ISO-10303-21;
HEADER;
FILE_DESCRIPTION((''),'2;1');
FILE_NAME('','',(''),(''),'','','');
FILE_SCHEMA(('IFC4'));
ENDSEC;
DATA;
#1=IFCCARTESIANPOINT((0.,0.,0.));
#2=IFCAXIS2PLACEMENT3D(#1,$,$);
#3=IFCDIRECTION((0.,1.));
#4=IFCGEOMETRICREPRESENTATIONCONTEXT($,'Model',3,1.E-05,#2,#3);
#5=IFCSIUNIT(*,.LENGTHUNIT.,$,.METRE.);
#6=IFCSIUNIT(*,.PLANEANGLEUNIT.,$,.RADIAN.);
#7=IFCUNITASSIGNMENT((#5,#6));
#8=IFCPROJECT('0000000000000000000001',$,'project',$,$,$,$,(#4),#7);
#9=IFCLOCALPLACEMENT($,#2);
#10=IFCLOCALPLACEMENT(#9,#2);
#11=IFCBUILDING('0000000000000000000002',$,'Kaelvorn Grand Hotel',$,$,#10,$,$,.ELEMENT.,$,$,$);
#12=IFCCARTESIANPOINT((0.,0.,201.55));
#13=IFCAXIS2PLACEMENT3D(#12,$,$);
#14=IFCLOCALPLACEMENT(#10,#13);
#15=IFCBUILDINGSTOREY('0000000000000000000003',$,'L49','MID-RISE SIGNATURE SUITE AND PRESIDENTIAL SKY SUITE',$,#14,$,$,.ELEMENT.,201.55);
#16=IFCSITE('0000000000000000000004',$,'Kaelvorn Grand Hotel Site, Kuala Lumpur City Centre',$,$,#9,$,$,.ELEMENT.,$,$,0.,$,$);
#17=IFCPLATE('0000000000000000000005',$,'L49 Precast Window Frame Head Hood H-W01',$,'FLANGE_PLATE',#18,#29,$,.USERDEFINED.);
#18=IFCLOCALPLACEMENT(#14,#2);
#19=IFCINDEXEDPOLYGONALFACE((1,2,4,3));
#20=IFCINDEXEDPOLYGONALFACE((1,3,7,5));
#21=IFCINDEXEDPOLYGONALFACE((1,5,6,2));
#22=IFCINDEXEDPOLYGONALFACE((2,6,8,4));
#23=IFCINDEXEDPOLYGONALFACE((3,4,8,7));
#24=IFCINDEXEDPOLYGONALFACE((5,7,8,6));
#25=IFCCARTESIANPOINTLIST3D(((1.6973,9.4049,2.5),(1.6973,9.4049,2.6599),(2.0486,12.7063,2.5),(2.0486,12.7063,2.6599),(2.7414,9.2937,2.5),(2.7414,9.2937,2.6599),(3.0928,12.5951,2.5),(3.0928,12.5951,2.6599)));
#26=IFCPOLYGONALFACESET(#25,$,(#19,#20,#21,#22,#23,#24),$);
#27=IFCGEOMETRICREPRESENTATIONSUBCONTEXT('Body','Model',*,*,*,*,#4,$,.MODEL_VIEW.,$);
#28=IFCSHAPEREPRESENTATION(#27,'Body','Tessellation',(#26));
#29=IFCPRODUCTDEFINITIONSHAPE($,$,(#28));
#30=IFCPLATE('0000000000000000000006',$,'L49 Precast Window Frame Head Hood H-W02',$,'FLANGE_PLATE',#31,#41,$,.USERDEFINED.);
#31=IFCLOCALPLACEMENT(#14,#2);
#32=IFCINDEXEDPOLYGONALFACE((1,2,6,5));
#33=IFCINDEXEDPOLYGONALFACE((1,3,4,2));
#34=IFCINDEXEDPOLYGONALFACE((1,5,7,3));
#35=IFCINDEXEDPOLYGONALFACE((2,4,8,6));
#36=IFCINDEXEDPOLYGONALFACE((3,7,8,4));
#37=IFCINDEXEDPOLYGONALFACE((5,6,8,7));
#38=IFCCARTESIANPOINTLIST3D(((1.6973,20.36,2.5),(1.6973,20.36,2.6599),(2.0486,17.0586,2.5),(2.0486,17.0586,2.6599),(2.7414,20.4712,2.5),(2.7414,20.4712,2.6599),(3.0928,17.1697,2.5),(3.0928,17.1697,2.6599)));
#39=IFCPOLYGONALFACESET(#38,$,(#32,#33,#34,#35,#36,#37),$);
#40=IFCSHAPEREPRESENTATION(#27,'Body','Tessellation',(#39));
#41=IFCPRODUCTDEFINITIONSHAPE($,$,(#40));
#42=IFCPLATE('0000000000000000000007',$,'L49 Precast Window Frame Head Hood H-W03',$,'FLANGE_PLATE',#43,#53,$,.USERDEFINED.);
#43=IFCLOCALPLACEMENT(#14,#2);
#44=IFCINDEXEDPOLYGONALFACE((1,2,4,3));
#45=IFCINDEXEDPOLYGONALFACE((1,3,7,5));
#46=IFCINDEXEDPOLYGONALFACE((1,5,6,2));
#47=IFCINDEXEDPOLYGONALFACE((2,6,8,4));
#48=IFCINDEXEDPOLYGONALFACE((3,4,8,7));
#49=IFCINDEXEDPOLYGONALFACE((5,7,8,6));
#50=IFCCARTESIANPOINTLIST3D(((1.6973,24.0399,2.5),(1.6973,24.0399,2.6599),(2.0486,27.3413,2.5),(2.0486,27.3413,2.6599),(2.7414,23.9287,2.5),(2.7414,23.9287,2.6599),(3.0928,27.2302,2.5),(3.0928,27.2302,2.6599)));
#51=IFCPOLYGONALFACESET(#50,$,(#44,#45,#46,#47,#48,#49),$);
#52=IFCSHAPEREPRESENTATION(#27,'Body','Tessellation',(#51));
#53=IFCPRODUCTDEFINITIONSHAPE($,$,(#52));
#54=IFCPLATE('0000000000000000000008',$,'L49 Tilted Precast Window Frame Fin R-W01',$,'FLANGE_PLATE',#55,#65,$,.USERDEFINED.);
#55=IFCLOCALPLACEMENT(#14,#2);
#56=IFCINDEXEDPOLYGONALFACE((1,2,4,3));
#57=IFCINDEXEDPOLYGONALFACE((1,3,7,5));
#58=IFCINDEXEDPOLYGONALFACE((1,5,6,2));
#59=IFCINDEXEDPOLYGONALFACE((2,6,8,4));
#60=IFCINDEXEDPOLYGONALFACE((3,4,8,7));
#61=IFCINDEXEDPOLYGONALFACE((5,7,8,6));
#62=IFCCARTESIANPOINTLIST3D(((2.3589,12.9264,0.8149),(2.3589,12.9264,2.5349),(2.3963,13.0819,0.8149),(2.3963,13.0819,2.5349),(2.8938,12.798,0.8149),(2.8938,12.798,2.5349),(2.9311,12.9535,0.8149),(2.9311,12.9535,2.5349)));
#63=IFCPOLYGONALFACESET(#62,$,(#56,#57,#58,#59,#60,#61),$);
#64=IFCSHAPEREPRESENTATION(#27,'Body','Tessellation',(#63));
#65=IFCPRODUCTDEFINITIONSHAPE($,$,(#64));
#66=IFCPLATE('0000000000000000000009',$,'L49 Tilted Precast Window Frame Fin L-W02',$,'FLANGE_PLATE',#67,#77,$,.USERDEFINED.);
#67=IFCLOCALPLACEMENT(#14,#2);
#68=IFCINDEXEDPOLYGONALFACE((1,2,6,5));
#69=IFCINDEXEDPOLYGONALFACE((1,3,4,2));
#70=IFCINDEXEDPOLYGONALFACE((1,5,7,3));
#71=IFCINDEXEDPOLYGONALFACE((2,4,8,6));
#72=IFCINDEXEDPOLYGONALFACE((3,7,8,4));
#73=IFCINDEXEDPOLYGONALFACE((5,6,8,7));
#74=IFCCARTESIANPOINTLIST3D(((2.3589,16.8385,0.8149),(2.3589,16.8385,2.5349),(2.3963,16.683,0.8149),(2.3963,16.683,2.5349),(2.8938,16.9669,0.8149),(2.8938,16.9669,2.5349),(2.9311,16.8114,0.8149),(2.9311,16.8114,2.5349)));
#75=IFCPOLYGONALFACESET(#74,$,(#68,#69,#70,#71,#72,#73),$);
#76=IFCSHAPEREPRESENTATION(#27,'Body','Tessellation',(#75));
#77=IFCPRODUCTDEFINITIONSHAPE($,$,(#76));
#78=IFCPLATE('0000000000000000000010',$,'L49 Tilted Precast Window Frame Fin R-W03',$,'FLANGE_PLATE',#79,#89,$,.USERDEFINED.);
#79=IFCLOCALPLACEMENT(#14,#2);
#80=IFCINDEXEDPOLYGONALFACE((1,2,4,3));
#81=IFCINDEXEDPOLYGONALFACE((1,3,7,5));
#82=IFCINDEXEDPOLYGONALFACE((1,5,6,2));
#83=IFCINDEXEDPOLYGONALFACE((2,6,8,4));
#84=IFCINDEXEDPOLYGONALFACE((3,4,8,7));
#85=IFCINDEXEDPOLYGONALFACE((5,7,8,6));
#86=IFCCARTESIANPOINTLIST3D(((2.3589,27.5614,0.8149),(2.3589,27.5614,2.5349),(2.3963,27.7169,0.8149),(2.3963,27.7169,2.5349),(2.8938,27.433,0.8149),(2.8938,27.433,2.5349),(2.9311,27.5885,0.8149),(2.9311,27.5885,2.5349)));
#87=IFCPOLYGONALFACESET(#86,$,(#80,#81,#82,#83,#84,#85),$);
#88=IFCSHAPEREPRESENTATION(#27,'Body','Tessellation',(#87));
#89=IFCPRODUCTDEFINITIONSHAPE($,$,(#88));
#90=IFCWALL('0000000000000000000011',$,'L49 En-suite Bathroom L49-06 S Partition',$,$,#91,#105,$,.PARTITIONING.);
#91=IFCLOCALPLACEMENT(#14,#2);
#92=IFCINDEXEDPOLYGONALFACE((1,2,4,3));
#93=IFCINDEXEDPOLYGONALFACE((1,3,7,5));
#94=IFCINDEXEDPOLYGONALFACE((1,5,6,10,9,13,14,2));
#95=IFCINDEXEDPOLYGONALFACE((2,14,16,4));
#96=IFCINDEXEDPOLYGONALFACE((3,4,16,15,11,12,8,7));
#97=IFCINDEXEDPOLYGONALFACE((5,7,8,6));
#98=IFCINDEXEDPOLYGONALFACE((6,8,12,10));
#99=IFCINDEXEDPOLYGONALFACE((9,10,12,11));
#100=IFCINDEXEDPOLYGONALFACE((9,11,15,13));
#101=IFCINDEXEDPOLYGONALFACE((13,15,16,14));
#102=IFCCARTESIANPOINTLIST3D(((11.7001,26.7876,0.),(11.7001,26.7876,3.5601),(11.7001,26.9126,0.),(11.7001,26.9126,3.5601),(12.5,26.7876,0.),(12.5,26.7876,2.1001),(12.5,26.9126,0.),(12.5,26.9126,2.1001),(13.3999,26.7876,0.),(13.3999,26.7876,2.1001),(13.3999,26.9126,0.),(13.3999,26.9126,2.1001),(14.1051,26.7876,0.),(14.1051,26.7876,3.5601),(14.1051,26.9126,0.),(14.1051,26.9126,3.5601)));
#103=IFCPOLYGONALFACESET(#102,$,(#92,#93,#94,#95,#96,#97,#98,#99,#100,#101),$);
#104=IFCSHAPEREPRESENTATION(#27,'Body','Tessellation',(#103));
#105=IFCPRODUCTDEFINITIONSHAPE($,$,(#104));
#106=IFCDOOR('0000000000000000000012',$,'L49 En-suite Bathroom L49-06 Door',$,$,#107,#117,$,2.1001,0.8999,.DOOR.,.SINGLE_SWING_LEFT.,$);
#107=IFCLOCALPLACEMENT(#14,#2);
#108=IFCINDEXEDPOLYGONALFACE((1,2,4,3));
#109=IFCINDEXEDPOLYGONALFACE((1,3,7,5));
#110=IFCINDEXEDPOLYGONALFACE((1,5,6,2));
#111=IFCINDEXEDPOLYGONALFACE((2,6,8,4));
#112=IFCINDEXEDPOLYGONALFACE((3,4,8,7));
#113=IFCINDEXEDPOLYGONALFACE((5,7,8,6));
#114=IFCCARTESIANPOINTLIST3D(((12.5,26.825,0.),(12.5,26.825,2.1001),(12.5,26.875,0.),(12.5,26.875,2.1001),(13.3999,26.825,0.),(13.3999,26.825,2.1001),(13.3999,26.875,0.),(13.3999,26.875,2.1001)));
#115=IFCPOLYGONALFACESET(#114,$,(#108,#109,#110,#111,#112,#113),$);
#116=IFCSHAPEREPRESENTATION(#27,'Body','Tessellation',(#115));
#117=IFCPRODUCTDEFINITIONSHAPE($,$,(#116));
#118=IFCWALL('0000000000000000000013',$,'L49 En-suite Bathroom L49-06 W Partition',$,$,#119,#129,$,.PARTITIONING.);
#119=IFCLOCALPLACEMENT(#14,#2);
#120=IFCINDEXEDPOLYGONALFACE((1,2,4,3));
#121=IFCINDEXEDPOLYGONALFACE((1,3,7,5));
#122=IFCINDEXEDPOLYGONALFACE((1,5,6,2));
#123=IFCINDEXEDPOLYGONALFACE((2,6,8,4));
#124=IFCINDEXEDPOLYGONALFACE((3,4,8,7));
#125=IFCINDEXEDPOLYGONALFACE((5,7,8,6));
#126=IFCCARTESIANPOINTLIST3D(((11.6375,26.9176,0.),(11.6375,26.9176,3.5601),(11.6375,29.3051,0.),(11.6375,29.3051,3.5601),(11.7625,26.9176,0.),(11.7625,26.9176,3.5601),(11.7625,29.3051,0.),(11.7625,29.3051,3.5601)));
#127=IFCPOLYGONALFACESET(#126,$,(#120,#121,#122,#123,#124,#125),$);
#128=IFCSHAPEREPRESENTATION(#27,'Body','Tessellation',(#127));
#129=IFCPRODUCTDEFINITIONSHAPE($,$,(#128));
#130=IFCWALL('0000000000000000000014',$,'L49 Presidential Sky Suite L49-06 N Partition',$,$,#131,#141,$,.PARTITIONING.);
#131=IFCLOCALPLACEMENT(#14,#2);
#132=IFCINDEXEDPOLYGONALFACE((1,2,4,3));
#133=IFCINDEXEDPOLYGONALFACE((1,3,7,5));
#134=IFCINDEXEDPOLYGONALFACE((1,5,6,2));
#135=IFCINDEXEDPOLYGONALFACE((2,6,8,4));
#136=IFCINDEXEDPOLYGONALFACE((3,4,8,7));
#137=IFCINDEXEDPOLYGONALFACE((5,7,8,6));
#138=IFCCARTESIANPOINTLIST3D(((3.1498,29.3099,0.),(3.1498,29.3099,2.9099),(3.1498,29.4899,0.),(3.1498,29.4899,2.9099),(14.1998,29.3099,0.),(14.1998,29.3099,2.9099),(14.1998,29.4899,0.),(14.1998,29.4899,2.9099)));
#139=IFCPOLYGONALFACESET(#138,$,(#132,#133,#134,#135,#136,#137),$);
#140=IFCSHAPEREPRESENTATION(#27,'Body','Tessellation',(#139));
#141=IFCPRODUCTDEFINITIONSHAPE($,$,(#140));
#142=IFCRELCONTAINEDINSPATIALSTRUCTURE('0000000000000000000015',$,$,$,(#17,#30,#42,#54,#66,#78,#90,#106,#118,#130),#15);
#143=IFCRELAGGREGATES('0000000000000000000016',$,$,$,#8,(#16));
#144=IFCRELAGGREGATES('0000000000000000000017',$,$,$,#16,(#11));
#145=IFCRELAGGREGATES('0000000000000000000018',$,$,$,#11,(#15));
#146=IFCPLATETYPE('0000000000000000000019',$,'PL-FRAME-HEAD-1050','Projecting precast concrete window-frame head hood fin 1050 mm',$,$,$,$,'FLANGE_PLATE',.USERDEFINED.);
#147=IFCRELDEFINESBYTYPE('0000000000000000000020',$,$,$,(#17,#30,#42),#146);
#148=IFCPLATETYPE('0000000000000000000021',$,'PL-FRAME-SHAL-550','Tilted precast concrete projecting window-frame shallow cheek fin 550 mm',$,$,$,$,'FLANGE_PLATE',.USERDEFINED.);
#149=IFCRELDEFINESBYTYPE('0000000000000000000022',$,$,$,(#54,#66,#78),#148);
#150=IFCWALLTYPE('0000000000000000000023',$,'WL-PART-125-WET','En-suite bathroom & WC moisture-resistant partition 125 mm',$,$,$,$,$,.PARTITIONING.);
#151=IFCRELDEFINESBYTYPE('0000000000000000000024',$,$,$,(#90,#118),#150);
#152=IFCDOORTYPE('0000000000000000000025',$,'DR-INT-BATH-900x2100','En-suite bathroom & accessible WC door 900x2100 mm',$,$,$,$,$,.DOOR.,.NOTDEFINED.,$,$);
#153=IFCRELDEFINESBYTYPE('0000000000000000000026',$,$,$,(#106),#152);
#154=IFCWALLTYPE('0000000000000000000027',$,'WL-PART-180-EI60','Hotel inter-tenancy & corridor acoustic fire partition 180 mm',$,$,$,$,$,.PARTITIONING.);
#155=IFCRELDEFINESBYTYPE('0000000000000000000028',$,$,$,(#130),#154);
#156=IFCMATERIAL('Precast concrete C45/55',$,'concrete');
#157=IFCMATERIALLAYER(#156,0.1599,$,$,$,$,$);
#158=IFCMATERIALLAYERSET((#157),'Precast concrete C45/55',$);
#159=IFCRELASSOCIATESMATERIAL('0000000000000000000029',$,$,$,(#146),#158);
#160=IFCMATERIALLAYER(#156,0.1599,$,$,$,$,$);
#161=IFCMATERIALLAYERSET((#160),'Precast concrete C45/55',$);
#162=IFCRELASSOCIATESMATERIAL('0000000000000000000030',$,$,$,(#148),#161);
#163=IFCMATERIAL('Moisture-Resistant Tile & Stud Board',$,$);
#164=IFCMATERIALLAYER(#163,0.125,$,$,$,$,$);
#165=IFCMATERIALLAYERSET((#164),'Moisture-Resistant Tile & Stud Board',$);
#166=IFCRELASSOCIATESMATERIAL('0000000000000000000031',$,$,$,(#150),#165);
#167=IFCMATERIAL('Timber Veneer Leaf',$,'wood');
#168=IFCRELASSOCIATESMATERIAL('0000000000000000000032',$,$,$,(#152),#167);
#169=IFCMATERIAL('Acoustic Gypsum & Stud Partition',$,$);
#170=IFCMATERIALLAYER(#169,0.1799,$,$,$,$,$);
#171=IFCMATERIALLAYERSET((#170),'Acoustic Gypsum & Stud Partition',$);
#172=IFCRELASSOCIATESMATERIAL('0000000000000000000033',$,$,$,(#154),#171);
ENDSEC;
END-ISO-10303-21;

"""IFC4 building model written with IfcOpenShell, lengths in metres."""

from ifc_helpers import new_model, si_unit, direction, frame, frame_2d, origin, origin_2d, place, context, subcontext, project, spatial, rectangle, extrude, material, layer, layer_set, type_object, element, fill, save


model = new_model("IFC4")

# Units and contexts
model_context = context("Model", 3, precision=1e-05, world=origin(), true_north=direction((0.0, 1.0)))
body_context = subcontext(model_context, "Body", "Model", "MODEL_VIEW")
ifc_project = project(units=[si_unit("LENGTHUNIT", "METRE"), si_unit("PLANEANGLEUNIT", "RADIAN")], contexts=[model_context])

# Site, building, storey
site_placement = place(None, origin())
site = spatial("IfcSite", under=ifc_project, at=site_placement, Name="Kaelvorn Grand Hotel Site, Kuala Lumpur City Centre", CompositionType="ELEMENT", RefElevation=0.0)
building_placement = place(site_placement, origin())
building = spatial("IfcBuilding", under=site, at=building_placement, Name="Kaelvorn Grand Hotel", CompositionType="ELEMENT")
storey_placement = place(building_placement, frame((0.0, 0.0, 201.55)))
storey = spatial("IfcBuildingStorey", under=building, at=storey_placement, Name="L49", Description="MID-RISE SIGNATURE SUITE AND PRESIDENTIAL SKY SUITE", CompositionType="ELEMENT", Elevation=201.55)

# Plates
ifc_material_1 = material(Name="Precast concrete C45/55", Category="concrete")
ifc_layer_1 = layer(ifc_material_1, 0.1599)
ifc_layer_set_1 = layer_set([ifc_layer_1], Name="Precast concrete C45/55")
plate_type_1 = type_object("IfcPlateType", Name="PL-FRAME-HEAD-1050", Description="Projecting precast concrete window-frame head hood fin 1050 mm", ElementType="FLANGE_PLATE", PredefinedType="USERDEFINED", material=ifc_layer_set_1)
for number, where, z_axis, x_axis, name in (
    (1, (2.395, 11.0, 2.5), (0.0, 0.0, 1.0), (0.10583, 0.994384, 0.0), "L49 Precast Window Frame Head Hood H-W01"),
    (2, (2.395, 18.7649, 2.5), (0.0, 0.0, 1.0), (-0.10583, 0.994384, 0.0), "L49 Precast Window Frame Head Hood H-W02"),
    (3, (2.395, 25.635, 2.5), (0.0, 0.0, 1.0), (0.10583, 0.994384, 0.0), "L49 Precast Window Frame Head Hood H-W03"),
):
    element("IfcPlate", number, at=place(storey_placement, frame(where, z_axis=z_axis, x_axis=x_axis)), inside=storey, type_object=plate_type_1, Name=name, ObjectType="FLANGE_PLATE", PredefinedType="USERDEFINED", context=body_context, shape_type="SweptSolid", body=[
        extrude(rectangle(XDim=3.3201, YDim=1.05, at=origin_2d()), origin(), (0.0, 0.0, 1.0), 0.1599),
    ])
ifc_layer_2 = layer(ifc_material_1, 0.1599)
ifc_layer_set_2 = layer_set([ifc_layer_2], Name="Precast concrete C45/55")
plate_type_2 = type_object("IfcPlateType", Name="PL-FRAME-SHAL-550", Description="Tilted precast concrete projecting window-frame shallow cheek fin 550 mm", ElementType="FLANGE_PLATE", PredefinedType="USERDEFINED", material=ifc_layer_set_2)
for number, where, z_axis, x_axis, name in (
    (4, (2.645, 12.9399, 0.8149), (0.0, 0.0, 1.0), (0.233445, 0.97237, 0.0), "L49 Tilted Precast Window Frame Fin R-W01"),
    (5, (2.645, 16.825, 0.8149), (0.0, 0.0, 1.0), (-0.233445, 0.97237, 0.0), "L49 Tilted Precast Window Frame Fin L-W02"),
    (6, (2.645, 27.575, 0.8149), (0.0, 0.0, 1.0), (0.233445, 0.97237, 0.0), "L49 Tilted Precast Window Frame Fin R-W03"),
):
    element("IfcPlate", number, at=place(storey_placement, frame(where, z_axis=z_axis, x_axis=x_axis)), inside=storey, type_object=plate_type_2, Name=name, ObjectType="FLANGE_PLATE", PredefinedType="USERDEFINED", context=body_context, shape_type="SweptSolid", body=[
        extrude(rectangle(XDim=0.1599, YDim=0.55, at=origin_2d()), origin(), (0.0, 0.0, 1.0), 1.72),
    ])

# Wall, opening, door
ifc_material_2 = material(Name="Moisture-Resistant Tile & Stud Board")
ifc_layer_3 = layer(ifc_material_2, 0.125)
ifc_layer_set_3 = layer_set([ifc_layer_3], Name="Moisture-Resistant Tile & Stud Board")
wall_type_1 = type_object("IfcWallType", Name="WL-PART-125-WET", Description="En-suite bathroom & WC moisture-resistant partition 125 mm", PredefinedType="PARTITIONING", material=ifc_layer_set_3)
wall_1_placement = place(storey_placement, frame((11.7, 26.8501, 0.0), z_axis=(0.0, 0.0, 1.0), x_axis=(1.0, 0.0, 0.0)))
wall_1 = element("IfcWall", 7, at=wall_1_placement, inside=storey, type_object=wall_type_1, Name="L49 En-suite Bathroom L49-06 S Partition", PredefinedType="PARTITIONING", context=body_context, shape_type="SweptSolid", body=[
    extrude(rectangle(XDim=2.405, YDim=0.125, at=frame_2d((1.2026, 0.0))), origin(), (0.0, 0.0, 1.0), 3.5601),
])
opening_placement = place(wall_1_placement, frame((0.8, 0.0, 0.0)))
opening = element("IfcOpeningElement", 8, at=opening_placement, cuts=wall_1, PredefinedType="OPENING", context=body_context, shape_type="SweptSolid", body=[
    extrude(rectangle(XDim=0.8999, YDim=2.1001, at=frame_2d((0.45, 1.05))), frame((0.0, 0.0725, 0.0), z_axis=(0.0, -1.0, 0.0), x_axis=(1.0, 0.0, 0.0)), (0.0, 0.0, 1.0), 0.145),
])
ifc_material_3 = material(Name="Timber Veneer Leaf", Category="wood")
door_type = type_object("IfcDoorType", Name="DR-INT-BATH-900x2100", Description="En-suite bathroom & accessible WC door 900x2100 mm", OperationType="NOTDEFINED", PredefinedType="DOOR", material=ifc_material_3)
door_placement = place(opening_placement, origin())
door = element("IfcDoor", 9, at=door_placement, inside=storey, type_object=door_type, Name="L49 En-suite Bathroom L49-06 Door", OperationType="SINGLE_SWING_LEFT", OverallHeight=2.1001, OverallWidth=0.8999, PredefinedType="DOOR", context=body_context, shape_type="SweptSolid", body=[
    extrude(rectangle(XDim=0.8999, YDim=2.1001, at=frame_2d((0.45, 1.05))), frame((0.0, 0.0249, 0.0), z_axis=(0.0, -1.0, 0.0), x_axis=(1.0, 0.0, 0.0)), (0.0, 0.0, 1.0), 0.05),
])
fill(opening, door)

# Walls
wall_2_placement = place(storey_placement, frame((11.7, 26.9175, 0.0), z_axis=(0.0, 0.0, 1.0), x_axis=(0.0, 1.0, 0.0)))
element("IfcWall", 10, at=wall_2_placement, inside=storey, type_object=wall_type_1, Name="L49 En-suite Bathroom L49-06 W Partition", PredefinedType="PARTITIONING", context=body_context, shape_type="SweptSolid", body=[
    extrude(rectangle(XDim=2.3875, YDim=0.125, at=frame_2d((1.1938, 0.0))), origin(), (0.0, 0.0, 1.0), 3.5601),
])
ifc_material_4 = material(Name="Acoustic Gypsum & Stud Partition")
ifc_layer_4 = layer(ifc_material_4, 0.1799)
ifc_layer_set_4 = layer_set([ifc_layer_4], Name="Acoustic Gypsum & Stud Partition")
wall_type_2 = type_object("IfcWallType", Name="WL-PART-180-EI60", Description="Hotel inter-tenancy & corridor acoustic fire partition 180 mm", PredefinedType="PARTITIONING", material=ifc_layer_set_4)
wall_3_placement = place(storey_placement, frame((3.1499, 29.3999, 0.0), z_axis=(0.0, 0.0, 1.0), x_axis=(1.0, 0.0, 0.0)))
element("IfcWall", 11, at=wall_3_placement, inside=storey, type_object=wall_type_2, Name="L49 Presidential Sky Suite L49-06 N Partition", PredefinedType="PARTITIONING", context=body_context, shape_type="SweptSolid", body=[
    extrude(rectangle(XDim=11.05, YDim=0.1799, at=frame_2d((5.5249, 0.0))), origin(), (0.0, 0.0, 1.0), 2.9099),
])

save(model, "model.ifc")
